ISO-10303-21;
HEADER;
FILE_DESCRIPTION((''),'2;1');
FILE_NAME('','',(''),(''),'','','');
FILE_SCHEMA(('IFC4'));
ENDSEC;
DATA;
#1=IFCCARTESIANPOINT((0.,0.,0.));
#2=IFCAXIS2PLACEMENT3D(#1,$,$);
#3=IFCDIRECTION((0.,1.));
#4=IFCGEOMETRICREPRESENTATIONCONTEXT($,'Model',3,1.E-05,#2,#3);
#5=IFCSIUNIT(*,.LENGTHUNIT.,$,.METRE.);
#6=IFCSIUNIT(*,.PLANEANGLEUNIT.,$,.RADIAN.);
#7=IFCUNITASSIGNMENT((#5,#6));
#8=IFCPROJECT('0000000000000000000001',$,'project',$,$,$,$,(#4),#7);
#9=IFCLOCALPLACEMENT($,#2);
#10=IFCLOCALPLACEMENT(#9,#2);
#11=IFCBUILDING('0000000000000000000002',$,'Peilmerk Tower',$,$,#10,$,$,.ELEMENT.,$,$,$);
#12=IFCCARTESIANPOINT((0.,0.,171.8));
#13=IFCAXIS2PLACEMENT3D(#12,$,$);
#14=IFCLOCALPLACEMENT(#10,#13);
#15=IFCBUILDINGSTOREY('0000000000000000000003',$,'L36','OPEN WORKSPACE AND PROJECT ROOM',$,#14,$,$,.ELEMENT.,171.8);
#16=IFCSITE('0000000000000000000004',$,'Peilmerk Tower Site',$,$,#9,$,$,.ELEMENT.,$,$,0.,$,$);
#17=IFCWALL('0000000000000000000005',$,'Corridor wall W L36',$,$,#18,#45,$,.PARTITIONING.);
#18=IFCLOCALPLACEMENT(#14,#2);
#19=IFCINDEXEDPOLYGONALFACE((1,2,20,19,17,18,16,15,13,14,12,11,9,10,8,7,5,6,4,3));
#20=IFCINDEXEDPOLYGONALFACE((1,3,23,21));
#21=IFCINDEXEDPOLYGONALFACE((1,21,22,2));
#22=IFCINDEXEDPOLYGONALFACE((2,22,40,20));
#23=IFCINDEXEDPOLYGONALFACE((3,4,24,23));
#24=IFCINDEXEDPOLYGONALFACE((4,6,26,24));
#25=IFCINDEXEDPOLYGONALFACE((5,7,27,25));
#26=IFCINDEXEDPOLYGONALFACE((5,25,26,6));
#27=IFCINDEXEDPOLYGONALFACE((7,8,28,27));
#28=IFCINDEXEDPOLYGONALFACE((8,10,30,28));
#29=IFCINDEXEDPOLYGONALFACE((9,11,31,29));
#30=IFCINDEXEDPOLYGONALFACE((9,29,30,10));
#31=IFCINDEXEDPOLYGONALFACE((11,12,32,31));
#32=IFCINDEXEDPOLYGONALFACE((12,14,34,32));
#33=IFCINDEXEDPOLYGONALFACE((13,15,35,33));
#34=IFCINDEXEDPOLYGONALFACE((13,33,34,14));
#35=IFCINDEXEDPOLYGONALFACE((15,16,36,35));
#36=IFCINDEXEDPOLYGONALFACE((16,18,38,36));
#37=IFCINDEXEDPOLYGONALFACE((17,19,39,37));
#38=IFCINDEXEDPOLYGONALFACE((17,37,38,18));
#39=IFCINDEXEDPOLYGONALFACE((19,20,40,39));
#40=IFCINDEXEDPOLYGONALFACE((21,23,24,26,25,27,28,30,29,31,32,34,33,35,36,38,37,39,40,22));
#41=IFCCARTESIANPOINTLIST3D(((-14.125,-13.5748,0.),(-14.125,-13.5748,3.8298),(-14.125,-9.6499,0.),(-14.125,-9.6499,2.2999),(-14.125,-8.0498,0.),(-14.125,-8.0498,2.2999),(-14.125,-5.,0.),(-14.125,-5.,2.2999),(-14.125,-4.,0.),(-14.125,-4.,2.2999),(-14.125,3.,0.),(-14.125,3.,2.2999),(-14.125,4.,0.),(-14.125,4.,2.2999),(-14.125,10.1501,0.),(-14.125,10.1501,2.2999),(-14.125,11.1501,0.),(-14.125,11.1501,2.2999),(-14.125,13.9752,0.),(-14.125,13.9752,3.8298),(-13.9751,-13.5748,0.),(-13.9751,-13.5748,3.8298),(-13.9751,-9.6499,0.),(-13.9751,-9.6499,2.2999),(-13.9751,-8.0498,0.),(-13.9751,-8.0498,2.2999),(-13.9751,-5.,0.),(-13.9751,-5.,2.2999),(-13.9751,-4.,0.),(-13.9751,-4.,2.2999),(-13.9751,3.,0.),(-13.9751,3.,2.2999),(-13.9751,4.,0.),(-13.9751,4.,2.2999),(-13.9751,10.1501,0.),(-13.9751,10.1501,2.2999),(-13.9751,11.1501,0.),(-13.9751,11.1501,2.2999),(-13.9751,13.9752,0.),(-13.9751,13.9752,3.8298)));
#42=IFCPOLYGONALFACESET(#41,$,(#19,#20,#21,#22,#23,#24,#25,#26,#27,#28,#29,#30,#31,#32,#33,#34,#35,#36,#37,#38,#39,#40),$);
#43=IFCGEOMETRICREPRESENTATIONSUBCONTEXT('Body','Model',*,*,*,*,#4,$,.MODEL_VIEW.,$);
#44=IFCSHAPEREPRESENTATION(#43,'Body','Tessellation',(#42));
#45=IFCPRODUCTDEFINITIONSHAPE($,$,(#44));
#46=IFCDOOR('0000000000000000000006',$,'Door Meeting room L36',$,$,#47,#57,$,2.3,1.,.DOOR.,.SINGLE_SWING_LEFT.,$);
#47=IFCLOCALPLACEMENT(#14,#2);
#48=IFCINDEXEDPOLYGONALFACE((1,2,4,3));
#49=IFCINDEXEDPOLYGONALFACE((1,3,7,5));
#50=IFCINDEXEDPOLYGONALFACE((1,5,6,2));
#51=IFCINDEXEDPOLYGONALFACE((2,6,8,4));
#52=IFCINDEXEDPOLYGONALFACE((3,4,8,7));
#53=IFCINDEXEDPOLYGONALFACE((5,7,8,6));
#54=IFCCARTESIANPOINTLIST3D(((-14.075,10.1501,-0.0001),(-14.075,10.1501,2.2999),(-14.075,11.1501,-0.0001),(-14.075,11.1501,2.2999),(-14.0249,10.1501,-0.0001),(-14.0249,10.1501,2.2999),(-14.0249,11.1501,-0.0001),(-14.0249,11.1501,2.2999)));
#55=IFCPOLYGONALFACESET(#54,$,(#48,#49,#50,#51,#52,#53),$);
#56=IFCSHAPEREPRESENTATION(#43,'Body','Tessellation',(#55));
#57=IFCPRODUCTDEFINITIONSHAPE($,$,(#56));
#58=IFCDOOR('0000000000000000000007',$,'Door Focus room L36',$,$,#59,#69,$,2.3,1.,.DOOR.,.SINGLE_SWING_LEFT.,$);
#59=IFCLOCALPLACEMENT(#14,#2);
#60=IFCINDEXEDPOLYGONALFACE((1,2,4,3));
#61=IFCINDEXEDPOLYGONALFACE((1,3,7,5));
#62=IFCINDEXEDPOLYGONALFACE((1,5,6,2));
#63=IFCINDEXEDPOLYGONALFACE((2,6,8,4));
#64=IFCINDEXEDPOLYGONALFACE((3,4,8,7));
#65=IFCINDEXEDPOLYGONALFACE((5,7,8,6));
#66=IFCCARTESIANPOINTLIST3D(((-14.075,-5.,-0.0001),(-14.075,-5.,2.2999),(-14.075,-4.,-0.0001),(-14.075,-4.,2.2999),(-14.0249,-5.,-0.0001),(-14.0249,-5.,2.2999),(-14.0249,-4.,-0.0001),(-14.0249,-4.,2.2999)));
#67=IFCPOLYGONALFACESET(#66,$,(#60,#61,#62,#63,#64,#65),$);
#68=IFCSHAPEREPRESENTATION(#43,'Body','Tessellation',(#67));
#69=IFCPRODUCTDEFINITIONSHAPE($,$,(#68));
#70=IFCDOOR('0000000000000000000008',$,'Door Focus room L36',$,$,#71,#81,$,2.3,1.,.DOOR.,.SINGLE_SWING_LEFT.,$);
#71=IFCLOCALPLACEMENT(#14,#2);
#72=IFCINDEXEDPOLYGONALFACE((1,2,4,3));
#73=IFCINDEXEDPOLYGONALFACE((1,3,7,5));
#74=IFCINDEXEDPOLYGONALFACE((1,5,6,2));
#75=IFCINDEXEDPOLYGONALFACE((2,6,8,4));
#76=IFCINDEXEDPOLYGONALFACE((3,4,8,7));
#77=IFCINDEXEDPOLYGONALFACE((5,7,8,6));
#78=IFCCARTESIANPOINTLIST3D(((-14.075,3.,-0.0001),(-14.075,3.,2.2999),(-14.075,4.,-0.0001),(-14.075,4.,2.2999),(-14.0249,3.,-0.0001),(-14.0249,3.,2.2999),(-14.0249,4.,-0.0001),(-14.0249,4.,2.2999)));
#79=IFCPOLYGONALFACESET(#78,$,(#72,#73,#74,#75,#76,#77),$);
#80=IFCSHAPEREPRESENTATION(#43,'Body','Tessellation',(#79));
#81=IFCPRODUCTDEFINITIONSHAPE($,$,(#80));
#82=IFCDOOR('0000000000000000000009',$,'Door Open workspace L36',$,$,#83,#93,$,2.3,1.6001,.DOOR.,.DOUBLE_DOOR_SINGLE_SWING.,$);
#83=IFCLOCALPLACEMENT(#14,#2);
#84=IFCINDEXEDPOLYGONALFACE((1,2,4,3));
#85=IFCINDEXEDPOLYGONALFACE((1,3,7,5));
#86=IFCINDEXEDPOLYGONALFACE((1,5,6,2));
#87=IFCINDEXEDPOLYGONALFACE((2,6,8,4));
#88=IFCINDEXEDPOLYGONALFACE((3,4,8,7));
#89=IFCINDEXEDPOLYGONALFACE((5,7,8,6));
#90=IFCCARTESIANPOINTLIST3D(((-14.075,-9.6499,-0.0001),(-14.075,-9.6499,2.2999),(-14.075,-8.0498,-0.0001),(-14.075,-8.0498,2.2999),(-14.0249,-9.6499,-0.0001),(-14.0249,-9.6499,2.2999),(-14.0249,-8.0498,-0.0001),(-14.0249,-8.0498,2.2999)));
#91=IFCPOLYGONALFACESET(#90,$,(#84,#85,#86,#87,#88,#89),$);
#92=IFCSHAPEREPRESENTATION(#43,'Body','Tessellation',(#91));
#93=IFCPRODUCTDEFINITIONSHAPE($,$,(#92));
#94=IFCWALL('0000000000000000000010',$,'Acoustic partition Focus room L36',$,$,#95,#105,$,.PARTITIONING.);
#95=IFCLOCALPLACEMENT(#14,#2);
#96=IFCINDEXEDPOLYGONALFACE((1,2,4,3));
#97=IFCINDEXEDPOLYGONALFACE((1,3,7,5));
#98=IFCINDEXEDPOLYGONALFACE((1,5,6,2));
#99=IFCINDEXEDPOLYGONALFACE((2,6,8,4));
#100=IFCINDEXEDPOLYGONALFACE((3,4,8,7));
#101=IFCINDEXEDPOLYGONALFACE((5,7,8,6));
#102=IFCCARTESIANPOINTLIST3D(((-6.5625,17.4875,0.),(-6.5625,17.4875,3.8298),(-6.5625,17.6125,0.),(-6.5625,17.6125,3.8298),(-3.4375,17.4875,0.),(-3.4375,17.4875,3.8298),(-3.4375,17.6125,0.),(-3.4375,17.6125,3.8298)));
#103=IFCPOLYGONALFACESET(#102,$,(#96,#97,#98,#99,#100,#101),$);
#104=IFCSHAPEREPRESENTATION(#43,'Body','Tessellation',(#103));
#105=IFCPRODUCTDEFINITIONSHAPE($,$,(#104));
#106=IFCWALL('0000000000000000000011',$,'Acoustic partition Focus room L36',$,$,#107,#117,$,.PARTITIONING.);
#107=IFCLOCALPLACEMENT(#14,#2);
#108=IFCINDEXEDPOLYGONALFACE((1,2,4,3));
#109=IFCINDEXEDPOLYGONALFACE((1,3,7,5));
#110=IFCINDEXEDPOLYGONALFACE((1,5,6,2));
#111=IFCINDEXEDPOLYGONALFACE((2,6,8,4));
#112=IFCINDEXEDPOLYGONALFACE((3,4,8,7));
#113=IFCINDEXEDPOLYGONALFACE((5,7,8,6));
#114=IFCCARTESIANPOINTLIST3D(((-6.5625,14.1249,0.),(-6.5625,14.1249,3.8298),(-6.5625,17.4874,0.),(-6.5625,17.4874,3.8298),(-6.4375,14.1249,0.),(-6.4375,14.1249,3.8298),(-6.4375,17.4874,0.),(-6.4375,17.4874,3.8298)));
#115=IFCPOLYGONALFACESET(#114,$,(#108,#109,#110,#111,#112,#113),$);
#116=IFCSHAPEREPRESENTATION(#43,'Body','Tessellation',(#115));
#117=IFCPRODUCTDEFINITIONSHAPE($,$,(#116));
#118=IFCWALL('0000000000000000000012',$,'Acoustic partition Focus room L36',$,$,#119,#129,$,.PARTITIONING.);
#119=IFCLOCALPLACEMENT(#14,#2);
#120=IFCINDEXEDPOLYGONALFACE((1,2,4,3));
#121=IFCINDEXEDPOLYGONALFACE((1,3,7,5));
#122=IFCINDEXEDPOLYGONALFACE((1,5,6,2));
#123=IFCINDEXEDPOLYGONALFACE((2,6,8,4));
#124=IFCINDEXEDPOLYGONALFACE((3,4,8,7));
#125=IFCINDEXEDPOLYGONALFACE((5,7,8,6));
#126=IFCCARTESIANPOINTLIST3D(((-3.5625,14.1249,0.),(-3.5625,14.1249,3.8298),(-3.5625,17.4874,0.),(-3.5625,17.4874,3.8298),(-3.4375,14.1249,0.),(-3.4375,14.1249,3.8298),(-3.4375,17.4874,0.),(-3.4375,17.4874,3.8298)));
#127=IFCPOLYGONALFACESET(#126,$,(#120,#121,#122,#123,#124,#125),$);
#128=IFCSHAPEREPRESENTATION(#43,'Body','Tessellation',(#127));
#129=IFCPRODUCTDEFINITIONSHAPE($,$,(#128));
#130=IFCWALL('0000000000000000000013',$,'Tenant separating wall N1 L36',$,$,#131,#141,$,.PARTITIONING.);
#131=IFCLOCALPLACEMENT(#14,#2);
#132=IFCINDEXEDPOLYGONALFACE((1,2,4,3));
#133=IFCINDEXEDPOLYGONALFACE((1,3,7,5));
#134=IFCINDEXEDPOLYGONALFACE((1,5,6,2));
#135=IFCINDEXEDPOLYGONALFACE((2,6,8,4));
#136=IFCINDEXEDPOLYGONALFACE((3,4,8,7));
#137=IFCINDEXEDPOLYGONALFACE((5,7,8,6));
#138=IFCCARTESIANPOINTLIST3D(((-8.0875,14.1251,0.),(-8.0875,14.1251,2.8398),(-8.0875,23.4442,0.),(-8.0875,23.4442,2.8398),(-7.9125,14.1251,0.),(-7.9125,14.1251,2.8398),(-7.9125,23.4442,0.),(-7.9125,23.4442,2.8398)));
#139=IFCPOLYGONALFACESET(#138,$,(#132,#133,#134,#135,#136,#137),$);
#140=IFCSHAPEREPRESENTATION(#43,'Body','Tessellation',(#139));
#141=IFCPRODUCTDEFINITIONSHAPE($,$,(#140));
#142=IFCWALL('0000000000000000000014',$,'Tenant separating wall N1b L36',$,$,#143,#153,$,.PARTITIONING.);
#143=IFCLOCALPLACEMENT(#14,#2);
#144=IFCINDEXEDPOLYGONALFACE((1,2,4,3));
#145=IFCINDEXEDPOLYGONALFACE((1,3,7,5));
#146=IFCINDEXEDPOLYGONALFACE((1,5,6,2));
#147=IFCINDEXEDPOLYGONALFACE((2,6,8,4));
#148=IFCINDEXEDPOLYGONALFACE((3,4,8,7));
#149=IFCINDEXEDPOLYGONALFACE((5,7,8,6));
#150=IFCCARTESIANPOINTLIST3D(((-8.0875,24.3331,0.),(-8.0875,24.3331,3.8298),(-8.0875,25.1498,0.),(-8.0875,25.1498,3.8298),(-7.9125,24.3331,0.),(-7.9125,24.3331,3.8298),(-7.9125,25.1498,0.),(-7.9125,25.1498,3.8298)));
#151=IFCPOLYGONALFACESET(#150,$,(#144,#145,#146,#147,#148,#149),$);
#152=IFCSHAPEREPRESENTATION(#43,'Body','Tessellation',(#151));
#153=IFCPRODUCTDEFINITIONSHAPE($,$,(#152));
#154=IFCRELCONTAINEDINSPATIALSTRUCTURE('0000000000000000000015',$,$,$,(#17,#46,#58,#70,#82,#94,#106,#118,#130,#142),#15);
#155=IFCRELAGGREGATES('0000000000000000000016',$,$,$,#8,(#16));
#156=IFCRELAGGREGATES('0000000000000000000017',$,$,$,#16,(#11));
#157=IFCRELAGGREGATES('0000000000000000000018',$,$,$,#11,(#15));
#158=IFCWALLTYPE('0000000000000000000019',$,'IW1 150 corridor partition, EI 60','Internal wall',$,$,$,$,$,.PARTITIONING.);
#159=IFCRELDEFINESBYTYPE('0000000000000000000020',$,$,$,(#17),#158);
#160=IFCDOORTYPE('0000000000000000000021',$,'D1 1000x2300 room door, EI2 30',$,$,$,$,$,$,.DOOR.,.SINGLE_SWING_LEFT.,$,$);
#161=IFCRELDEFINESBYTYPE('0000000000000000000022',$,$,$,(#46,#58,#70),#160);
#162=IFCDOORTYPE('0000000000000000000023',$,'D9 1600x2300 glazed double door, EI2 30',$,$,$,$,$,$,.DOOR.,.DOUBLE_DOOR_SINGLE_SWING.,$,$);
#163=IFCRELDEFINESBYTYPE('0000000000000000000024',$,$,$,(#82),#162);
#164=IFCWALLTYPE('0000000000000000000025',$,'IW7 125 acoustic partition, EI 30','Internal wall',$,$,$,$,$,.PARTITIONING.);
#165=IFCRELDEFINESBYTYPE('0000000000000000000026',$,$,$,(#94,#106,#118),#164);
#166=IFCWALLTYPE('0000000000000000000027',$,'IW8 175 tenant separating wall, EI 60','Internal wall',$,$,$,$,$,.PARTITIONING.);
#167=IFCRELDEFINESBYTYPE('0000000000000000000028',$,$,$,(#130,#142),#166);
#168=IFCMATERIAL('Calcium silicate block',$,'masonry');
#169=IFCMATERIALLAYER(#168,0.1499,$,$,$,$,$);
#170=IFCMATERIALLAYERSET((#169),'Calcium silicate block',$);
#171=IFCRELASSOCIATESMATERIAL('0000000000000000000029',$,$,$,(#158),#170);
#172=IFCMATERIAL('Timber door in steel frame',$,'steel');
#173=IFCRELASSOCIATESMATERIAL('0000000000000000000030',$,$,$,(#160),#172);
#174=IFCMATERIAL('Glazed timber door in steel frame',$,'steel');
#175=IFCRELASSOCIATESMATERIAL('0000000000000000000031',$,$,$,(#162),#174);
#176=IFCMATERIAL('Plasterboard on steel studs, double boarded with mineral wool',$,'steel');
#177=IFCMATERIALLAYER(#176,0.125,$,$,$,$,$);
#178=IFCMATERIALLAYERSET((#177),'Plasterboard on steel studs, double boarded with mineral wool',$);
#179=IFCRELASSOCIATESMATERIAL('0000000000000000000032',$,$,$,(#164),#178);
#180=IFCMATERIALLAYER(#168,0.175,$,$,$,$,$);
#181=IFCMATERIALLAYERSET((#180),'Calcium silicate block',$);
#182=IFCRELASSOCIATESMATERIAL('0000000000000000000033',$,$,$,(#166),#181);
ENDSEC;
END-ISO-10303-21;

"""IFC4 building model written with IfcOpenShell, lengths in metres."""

from ifc_helpers import new_model, si_unit, direction, frame, frame_2d, origin, place, context, subcontext, project, spatial, rectangle, extrude, material, layer, layer_set, type_object, element, fill, save


model = new_model("IFC4")

# Units and contexts
model_context = context("Model", 3, precision=1e-05, world=origin(), true_north=direction((0.0, 1.0)))
body_context = subcontext(model_context, "Body", "Model", "MODEL_VIEW")
ifc_project = project(units=[si_unit("LENGTHUNIT", "METRE"), si_unit("PLANEANGLEUNIT", "RADIAN")], contexts=[model_context])

# Site, building, storey
site_placement = place(None, origin())
site = spatial("IfcSite", under=ifc_project, at=site_placement, Name="Peilmerk Tower Site", CompositionType="ELEMENT", RefElevation=0.0)
building_placement = place(site_placement, origin())
building = spatial("IfcBuilding", under=site, at=building_placement, Name="Peilmerk Tower", CompositionType="ELEMENT")
storey_placement = place(building_placement, frame((0.0, 0.0, 171.8)))
storey = spatial("IfcBuildingStorey", under=building, at=storey_placement, Name="L36", Description="OPEN WORKSPACE AND PROJECT ROOM", CompositionType="ELEMENT", Elevation=171.8)

# Wall, openings, doors
ifc_material_1 = material(Name="Calcium silicate block", Category="masonry")
ifc_layer_1 = layer(ifc_material_1, 0.1499)
ifc_layer_set_1 = layer_set([ifc_layer_1], Name="Calcium silicate block")
wall_type_1 = type_object("IfcWallType", Name="IW1 150 corridor partition, EI 60", Description="Internal wall", PredefinedType="PARTITIONING", material=ifc_layer_set_1)
ifc_material_2 = material(Name="Timber door in steel frame", Category="steel")
door_type_1 = type_object("IfcDoorType", Name="D1 1000x2300 room door, EI2 30", OperationType="SINGLE_SWING_LEFT", PredefinedType="DOOR", material=ifc_material_2)
ifc_material_3 = material(Name="Glazed timber door in steel frame", Category="steel")
door_type_2 = type_object("IfcDoorType", Name="D9 1600x2300 glazed double door, EI2 30", OperationType="DOUBLE_DOOR_SINGLE_SWING", PredefinedType="DOOR", material=ifc_material_3)
wall_1_placement = place(storey_placement, frame((-14.05, 13.9751, 0.0), z_axis=(0.0, 0.0, 1.0), x_axis=(0.0, -1.0, 0.0)))
wall_1 = element("IfcWall", 1, at=wall_1_placement, inside=storey, type_object=wall_type_1, Name="Corridor wall W L36", PredefinedType="PARTITIONING", context=body_context, shape_type="SweptSolid", body=[
    extrude(rectangle(XDim=27.55, YDim=0.1499, at=frame_2d((13.7749, 0.0))), origin(), (0.0, 0.0, 1.0), 3.8298),
])
opening_1_placement = place(wall_1_placement, frame((22.0249, 0.0, 0.0)))
opening_1 = element("IfcOpeningElement", 2, at=opening_1_placement, cuts=wall_1, PredefinedType="OPENING", context=body_context, shape_type="SweptSolid", body=[
    extrude(rectangle(XDim=1.6001, YDim=2.3, at=frame_2d((0.8, 1.1499))), frame((0.0, 0.085, 0.0), z_axis=(0.0, -1.0, 0.0), x_axis=(1.0, 0.0, 0.0)), (0.0, 0.0, 1.0), 0.1699),
])
opening_2_placement = place(wall_1_placement, frame((2.825, 0.0, 0.0)))
opening_2 = element("IfcOpeningElement", 3, at=opening_2_placement, cuts=wall_1, PredefinedType="OPENING", context=body_context, shape_type="SweptSolid", body=[
    extrude(rectangle(XDim=1.0, YDim=2.3, at=frame_2d((0.5, 1.1499))), frame((0.0, 0.085, 0.0), z_axis=(0.0, -1.0, 0.0), x_axis=(1.0, 0.0, 0.0)), (0.0, 0.0, 1.0), 0.1699),
])
opening_3_placement = place(wall_1_placement, frame((17.9751, 0.0, 0.0)))
opening_3 = element("IfcOpeningElement", 4, at=opening_3_placement, cuts=wall_1, PredefinedType="OPENING", context=body_context, shape_type="SweptSolid", body=[
    extrude(rectangle(XDim=1.0, YDim=2.3, at=frame_2d((0.5, 1.1499))), frame((0.0, 0.085, 0.0), z_axis=(0.0, -1.0, 0.0), x_axis=(1.0, 0.0, 0.0)), (0.0, 0.0, 1.0), 0.1699),
])
opening_4_placement = place(wall_1_placement, frame((9.9751, 0.0, 0.0)))
opening_4 = element("IfcOpeningElement", 5, at=opening_4_placement, cuts=wall_1, PredefinedType="OPENING", context=body_context, shape_type="SweptSolid", body=[
    extrude(rectangle(XDim=1.0, YDim=2.3, at=frame_2d((0.5, 1.1499))), frame((0.0, 0.085, 0.0), z_axis=(0.0, -1.0, 0.0), x_axis=(1.0, 0.0, 0.0)), (0.0, 0.0, 1.0), 0.1699),
])
door_1_placement = place(opening_2_placement, frame((1.0, 0.0, 0.0), z_axis=(0.0, 0.0, 1.0), x_axis=(-1.0, 0.0, 0.0)))
door_1 = element("IfcDoor", 6, at=door_1_placement, inside=storey, type_object=door_type_1, Name="Door Meeting room L36", OperationType="SINGLE_SWING_LEFT", OverallHeight=2.3, OverallWidth=1.0, PredefinedType="DOOR", context=body_context, shape_type="SweptSolid", body=[
    extrude(rectangle(XDim=1.0, YDim=2.3, at=frame_2d((0.5, 1.1499))), frame((0.0, 0.0249, 0.0), z_axis=(0.0, -1.0, 0.0), x_axis=(1.0, 0.0, 0.0)), (0.0, 0.0, 1.0), 0.05),
])
fill(opening_2, door_1)
door_2_placement = place(opening_3_placement, frame((1.0, 0.0, 0.0), z_axis=(0.0, 0.0, 1.0), x_axis=(-1.0, 0.0, 0.0)))
door_2 = element("IfcDoor", 7, at=door_2_placement, inside=storey, type_object=door_type_1, Name="Door Focus room L36", OperationType="SINGLE_SWING_LEFT", OverallHeight=2.3, OverallWidth=1.0, PredefinedType="DOOR", context=body_context, shape_type="SweptSolid", body=[
    extrude(rectangle(XDim=1.0, YDim=2.3, at=frame_2d((0.5, 1.1499))), frame((0.0, 0.0249, 0.0), z_axis=(0.0, -1.0, 0.0), x_axis=(1.0, 0.0, 0.0)), (0.0, 0.0, 1.0), 0.05),
])
fill(opening_3, door_2)
door_3_placement = place(opening_4_placement, frame((1.0, 0.0, 0.0), z_axis=(0.0, 0.0, 1.0), x_axis=(-1.0, 0.0, 0.0)))
door_3 = element("IfcDoor", 8, at=door_3_placement, inside=storey, type_object=door_type_1, Name="Door Focus room L36", OperationType="SINGLE_SWING_LEFT", OverallHeight=2.3, OverallWidth=1.0, PredefinedType="DOOR", context=body_context, shape_type="SweptSolid", body=[
    extrude(rectangle(XDim=1.0, YDim=2.3, at=frame_2d((0.5, 1.1499))), frame((0.0, 0.0249, 0.0), z_axis=(0.0, -1.0, 0.0), x_axis=(1.0, 0.0, 0.0)), (0.0, 0.0, 1.0), 0.05),
])
fill(opening_4, door_3)
door_4_placement = place(opening_1_placement, frame((1.6001, 0.0, 0.0), z_axis=(0.0, 0.0, 1.0), x_axis=(-1.0, 0.0, 0.0)))
door_4 = element("IfcDoor", 9, at=door_4_placement, inside=storey, type_object=door_type_2, Name="Door Open workspace L36", OperationType="DOUBLE_DOOR_SINGLE_SWING", OverallHeight=2.3, OverallWidth=1.6001, PredefinedType="DOOR", context=body_context, shape_type="SweptSolid", body=[
    extrude(rectangle(XDim=1.6001, YDim=2.3, at=frame_2d((0.8, 1.1499))), frame((0.0, 0.0249, 0.0), z_axis=(0.0, -1.0, 0.0), x_axis=(1.0, 0.0, 0.0)), (0.0, 0.0, 1.0), 0.05),
])
fill(opening_1, door_4)

# Walls
ifc_material_4 = material(Name="Plasterboard on steel studs, double boarded with mineral wool", Category="steel")
ifc_layer_2 = layer(ifc_material_4, 0.125)
ifc_layer_set_2 = layer_set([ifc_layer_2], Name="Plasterboard on steel studs, double boarded with mineral wool")
wall_type_2 = type_object("IfcWallType", Name="IW7 125 acoustic partition, EI 30", Description="Internal wall", PredefinedType="PARTITIONING", material=ifc_layer_set_2)
wall_2_placement = place(storey_placement, frame((-6.5625, 17.55, 0.0), z_axis=(0.0, 0.0, 1.0), x_axis=(1.0, 0.0, 0.0)))
element("IfcWall", 10, at=wall_2_placement, inside=storey, type_object=wall_type_2, Name="Acoustic partition Focus room L36", PredefinedType="PARTITIONING", context=body_context, shape_type="SweptSolid", body=[
    extrude(rectangle(XDim=3.125, YDim=0.125, at=frame_2d((1.5625, 0.0))), origin(), (0.0, 0.0, 1.0), 3.8298),
])
for number, where, z_axis, x_axis, name in (
    (11, (-6.5, 14.125, 0.0), (0.0, 0.0, 1.0), (0.0, 1.0, 0.0), "Acoustic partition Focus room L36"),
    (12, (-3.5, 14.125, 0.0), (0.0, 0.0, 1.0), (0.0, 1.0, 0.0), "Acoustic partition Focus room L36"),
):
    element("IfcWall", number, at=place(storey_placement, frame(where, z_axis=z_axis, x_axis=x_axis)), inside=storey, type_object=wall_type_2, Name=name, PredefinedType="PARTITIONING", context=body_context, shape_type="SweptSolid", body=[
        extrude(rectangle(XDim=3.3625, YDim=0.125, at=frame_2d((1.6812, 0.0))), origin(), (0.0, 0.0, 1.0), 3.8298),
    ])
ifc_layer_3 = layer(ifc_material_1, 0.175)
ifc_layer_set_3 = layer_set([ifc_layer_3], Name="Calcium silicate block")
wall_type_3 = type_object("IfcWallType", Name="IW8 175 tenant separating wall, EI 60", Description="Internal wall", PredefinedType="PARTITIONING", material=ifc_layer_set_3)
wall_3_placement = place(storey_placement, frame((-8.0, 14.125, 0.0), z_axis=(0.0, 0.0, 1.0), x_axis=(0.0, 1.0, 0.0)))
element("IfcWall", 13, at=wall_3_placement, inside=storey, type_object=wall_type_3, Name="Tenant separating wall N1 L36", PredefinedType="PARTITIONING", context=body_context, shape_type="SweptSolid", body=[
    extrude(rectangle(XDim=9.3191, YDim=0.175, at=frame_2d((4.6597, 0.0))), origin(), (0.0, 0.0, 1.0), 2.8398),
])
wall_4_placement = place(storey_placement, frame((-8.0, 24.3333, 0.0), z_axis=(0.0, 0.0, 1.0), x_axis=(0.0, 1.0, 0.0)))
element("IfcWall", 14, at=wall_4_placement, inside=storey, type_object=wall_type_3, Name="Tenant separating wall N1b L36", PredefinedType="PARTITIONING", context=body_context, shape_type="SweptSolid", body=[
    extrude(rectangle(XDim=0.8167, YDim=0.175, at=frame_2d((0.4082, 0.0))), origin(), (0.0, 0.0, 1.0), 3.8298),
])

save(model, "model.ifc")
